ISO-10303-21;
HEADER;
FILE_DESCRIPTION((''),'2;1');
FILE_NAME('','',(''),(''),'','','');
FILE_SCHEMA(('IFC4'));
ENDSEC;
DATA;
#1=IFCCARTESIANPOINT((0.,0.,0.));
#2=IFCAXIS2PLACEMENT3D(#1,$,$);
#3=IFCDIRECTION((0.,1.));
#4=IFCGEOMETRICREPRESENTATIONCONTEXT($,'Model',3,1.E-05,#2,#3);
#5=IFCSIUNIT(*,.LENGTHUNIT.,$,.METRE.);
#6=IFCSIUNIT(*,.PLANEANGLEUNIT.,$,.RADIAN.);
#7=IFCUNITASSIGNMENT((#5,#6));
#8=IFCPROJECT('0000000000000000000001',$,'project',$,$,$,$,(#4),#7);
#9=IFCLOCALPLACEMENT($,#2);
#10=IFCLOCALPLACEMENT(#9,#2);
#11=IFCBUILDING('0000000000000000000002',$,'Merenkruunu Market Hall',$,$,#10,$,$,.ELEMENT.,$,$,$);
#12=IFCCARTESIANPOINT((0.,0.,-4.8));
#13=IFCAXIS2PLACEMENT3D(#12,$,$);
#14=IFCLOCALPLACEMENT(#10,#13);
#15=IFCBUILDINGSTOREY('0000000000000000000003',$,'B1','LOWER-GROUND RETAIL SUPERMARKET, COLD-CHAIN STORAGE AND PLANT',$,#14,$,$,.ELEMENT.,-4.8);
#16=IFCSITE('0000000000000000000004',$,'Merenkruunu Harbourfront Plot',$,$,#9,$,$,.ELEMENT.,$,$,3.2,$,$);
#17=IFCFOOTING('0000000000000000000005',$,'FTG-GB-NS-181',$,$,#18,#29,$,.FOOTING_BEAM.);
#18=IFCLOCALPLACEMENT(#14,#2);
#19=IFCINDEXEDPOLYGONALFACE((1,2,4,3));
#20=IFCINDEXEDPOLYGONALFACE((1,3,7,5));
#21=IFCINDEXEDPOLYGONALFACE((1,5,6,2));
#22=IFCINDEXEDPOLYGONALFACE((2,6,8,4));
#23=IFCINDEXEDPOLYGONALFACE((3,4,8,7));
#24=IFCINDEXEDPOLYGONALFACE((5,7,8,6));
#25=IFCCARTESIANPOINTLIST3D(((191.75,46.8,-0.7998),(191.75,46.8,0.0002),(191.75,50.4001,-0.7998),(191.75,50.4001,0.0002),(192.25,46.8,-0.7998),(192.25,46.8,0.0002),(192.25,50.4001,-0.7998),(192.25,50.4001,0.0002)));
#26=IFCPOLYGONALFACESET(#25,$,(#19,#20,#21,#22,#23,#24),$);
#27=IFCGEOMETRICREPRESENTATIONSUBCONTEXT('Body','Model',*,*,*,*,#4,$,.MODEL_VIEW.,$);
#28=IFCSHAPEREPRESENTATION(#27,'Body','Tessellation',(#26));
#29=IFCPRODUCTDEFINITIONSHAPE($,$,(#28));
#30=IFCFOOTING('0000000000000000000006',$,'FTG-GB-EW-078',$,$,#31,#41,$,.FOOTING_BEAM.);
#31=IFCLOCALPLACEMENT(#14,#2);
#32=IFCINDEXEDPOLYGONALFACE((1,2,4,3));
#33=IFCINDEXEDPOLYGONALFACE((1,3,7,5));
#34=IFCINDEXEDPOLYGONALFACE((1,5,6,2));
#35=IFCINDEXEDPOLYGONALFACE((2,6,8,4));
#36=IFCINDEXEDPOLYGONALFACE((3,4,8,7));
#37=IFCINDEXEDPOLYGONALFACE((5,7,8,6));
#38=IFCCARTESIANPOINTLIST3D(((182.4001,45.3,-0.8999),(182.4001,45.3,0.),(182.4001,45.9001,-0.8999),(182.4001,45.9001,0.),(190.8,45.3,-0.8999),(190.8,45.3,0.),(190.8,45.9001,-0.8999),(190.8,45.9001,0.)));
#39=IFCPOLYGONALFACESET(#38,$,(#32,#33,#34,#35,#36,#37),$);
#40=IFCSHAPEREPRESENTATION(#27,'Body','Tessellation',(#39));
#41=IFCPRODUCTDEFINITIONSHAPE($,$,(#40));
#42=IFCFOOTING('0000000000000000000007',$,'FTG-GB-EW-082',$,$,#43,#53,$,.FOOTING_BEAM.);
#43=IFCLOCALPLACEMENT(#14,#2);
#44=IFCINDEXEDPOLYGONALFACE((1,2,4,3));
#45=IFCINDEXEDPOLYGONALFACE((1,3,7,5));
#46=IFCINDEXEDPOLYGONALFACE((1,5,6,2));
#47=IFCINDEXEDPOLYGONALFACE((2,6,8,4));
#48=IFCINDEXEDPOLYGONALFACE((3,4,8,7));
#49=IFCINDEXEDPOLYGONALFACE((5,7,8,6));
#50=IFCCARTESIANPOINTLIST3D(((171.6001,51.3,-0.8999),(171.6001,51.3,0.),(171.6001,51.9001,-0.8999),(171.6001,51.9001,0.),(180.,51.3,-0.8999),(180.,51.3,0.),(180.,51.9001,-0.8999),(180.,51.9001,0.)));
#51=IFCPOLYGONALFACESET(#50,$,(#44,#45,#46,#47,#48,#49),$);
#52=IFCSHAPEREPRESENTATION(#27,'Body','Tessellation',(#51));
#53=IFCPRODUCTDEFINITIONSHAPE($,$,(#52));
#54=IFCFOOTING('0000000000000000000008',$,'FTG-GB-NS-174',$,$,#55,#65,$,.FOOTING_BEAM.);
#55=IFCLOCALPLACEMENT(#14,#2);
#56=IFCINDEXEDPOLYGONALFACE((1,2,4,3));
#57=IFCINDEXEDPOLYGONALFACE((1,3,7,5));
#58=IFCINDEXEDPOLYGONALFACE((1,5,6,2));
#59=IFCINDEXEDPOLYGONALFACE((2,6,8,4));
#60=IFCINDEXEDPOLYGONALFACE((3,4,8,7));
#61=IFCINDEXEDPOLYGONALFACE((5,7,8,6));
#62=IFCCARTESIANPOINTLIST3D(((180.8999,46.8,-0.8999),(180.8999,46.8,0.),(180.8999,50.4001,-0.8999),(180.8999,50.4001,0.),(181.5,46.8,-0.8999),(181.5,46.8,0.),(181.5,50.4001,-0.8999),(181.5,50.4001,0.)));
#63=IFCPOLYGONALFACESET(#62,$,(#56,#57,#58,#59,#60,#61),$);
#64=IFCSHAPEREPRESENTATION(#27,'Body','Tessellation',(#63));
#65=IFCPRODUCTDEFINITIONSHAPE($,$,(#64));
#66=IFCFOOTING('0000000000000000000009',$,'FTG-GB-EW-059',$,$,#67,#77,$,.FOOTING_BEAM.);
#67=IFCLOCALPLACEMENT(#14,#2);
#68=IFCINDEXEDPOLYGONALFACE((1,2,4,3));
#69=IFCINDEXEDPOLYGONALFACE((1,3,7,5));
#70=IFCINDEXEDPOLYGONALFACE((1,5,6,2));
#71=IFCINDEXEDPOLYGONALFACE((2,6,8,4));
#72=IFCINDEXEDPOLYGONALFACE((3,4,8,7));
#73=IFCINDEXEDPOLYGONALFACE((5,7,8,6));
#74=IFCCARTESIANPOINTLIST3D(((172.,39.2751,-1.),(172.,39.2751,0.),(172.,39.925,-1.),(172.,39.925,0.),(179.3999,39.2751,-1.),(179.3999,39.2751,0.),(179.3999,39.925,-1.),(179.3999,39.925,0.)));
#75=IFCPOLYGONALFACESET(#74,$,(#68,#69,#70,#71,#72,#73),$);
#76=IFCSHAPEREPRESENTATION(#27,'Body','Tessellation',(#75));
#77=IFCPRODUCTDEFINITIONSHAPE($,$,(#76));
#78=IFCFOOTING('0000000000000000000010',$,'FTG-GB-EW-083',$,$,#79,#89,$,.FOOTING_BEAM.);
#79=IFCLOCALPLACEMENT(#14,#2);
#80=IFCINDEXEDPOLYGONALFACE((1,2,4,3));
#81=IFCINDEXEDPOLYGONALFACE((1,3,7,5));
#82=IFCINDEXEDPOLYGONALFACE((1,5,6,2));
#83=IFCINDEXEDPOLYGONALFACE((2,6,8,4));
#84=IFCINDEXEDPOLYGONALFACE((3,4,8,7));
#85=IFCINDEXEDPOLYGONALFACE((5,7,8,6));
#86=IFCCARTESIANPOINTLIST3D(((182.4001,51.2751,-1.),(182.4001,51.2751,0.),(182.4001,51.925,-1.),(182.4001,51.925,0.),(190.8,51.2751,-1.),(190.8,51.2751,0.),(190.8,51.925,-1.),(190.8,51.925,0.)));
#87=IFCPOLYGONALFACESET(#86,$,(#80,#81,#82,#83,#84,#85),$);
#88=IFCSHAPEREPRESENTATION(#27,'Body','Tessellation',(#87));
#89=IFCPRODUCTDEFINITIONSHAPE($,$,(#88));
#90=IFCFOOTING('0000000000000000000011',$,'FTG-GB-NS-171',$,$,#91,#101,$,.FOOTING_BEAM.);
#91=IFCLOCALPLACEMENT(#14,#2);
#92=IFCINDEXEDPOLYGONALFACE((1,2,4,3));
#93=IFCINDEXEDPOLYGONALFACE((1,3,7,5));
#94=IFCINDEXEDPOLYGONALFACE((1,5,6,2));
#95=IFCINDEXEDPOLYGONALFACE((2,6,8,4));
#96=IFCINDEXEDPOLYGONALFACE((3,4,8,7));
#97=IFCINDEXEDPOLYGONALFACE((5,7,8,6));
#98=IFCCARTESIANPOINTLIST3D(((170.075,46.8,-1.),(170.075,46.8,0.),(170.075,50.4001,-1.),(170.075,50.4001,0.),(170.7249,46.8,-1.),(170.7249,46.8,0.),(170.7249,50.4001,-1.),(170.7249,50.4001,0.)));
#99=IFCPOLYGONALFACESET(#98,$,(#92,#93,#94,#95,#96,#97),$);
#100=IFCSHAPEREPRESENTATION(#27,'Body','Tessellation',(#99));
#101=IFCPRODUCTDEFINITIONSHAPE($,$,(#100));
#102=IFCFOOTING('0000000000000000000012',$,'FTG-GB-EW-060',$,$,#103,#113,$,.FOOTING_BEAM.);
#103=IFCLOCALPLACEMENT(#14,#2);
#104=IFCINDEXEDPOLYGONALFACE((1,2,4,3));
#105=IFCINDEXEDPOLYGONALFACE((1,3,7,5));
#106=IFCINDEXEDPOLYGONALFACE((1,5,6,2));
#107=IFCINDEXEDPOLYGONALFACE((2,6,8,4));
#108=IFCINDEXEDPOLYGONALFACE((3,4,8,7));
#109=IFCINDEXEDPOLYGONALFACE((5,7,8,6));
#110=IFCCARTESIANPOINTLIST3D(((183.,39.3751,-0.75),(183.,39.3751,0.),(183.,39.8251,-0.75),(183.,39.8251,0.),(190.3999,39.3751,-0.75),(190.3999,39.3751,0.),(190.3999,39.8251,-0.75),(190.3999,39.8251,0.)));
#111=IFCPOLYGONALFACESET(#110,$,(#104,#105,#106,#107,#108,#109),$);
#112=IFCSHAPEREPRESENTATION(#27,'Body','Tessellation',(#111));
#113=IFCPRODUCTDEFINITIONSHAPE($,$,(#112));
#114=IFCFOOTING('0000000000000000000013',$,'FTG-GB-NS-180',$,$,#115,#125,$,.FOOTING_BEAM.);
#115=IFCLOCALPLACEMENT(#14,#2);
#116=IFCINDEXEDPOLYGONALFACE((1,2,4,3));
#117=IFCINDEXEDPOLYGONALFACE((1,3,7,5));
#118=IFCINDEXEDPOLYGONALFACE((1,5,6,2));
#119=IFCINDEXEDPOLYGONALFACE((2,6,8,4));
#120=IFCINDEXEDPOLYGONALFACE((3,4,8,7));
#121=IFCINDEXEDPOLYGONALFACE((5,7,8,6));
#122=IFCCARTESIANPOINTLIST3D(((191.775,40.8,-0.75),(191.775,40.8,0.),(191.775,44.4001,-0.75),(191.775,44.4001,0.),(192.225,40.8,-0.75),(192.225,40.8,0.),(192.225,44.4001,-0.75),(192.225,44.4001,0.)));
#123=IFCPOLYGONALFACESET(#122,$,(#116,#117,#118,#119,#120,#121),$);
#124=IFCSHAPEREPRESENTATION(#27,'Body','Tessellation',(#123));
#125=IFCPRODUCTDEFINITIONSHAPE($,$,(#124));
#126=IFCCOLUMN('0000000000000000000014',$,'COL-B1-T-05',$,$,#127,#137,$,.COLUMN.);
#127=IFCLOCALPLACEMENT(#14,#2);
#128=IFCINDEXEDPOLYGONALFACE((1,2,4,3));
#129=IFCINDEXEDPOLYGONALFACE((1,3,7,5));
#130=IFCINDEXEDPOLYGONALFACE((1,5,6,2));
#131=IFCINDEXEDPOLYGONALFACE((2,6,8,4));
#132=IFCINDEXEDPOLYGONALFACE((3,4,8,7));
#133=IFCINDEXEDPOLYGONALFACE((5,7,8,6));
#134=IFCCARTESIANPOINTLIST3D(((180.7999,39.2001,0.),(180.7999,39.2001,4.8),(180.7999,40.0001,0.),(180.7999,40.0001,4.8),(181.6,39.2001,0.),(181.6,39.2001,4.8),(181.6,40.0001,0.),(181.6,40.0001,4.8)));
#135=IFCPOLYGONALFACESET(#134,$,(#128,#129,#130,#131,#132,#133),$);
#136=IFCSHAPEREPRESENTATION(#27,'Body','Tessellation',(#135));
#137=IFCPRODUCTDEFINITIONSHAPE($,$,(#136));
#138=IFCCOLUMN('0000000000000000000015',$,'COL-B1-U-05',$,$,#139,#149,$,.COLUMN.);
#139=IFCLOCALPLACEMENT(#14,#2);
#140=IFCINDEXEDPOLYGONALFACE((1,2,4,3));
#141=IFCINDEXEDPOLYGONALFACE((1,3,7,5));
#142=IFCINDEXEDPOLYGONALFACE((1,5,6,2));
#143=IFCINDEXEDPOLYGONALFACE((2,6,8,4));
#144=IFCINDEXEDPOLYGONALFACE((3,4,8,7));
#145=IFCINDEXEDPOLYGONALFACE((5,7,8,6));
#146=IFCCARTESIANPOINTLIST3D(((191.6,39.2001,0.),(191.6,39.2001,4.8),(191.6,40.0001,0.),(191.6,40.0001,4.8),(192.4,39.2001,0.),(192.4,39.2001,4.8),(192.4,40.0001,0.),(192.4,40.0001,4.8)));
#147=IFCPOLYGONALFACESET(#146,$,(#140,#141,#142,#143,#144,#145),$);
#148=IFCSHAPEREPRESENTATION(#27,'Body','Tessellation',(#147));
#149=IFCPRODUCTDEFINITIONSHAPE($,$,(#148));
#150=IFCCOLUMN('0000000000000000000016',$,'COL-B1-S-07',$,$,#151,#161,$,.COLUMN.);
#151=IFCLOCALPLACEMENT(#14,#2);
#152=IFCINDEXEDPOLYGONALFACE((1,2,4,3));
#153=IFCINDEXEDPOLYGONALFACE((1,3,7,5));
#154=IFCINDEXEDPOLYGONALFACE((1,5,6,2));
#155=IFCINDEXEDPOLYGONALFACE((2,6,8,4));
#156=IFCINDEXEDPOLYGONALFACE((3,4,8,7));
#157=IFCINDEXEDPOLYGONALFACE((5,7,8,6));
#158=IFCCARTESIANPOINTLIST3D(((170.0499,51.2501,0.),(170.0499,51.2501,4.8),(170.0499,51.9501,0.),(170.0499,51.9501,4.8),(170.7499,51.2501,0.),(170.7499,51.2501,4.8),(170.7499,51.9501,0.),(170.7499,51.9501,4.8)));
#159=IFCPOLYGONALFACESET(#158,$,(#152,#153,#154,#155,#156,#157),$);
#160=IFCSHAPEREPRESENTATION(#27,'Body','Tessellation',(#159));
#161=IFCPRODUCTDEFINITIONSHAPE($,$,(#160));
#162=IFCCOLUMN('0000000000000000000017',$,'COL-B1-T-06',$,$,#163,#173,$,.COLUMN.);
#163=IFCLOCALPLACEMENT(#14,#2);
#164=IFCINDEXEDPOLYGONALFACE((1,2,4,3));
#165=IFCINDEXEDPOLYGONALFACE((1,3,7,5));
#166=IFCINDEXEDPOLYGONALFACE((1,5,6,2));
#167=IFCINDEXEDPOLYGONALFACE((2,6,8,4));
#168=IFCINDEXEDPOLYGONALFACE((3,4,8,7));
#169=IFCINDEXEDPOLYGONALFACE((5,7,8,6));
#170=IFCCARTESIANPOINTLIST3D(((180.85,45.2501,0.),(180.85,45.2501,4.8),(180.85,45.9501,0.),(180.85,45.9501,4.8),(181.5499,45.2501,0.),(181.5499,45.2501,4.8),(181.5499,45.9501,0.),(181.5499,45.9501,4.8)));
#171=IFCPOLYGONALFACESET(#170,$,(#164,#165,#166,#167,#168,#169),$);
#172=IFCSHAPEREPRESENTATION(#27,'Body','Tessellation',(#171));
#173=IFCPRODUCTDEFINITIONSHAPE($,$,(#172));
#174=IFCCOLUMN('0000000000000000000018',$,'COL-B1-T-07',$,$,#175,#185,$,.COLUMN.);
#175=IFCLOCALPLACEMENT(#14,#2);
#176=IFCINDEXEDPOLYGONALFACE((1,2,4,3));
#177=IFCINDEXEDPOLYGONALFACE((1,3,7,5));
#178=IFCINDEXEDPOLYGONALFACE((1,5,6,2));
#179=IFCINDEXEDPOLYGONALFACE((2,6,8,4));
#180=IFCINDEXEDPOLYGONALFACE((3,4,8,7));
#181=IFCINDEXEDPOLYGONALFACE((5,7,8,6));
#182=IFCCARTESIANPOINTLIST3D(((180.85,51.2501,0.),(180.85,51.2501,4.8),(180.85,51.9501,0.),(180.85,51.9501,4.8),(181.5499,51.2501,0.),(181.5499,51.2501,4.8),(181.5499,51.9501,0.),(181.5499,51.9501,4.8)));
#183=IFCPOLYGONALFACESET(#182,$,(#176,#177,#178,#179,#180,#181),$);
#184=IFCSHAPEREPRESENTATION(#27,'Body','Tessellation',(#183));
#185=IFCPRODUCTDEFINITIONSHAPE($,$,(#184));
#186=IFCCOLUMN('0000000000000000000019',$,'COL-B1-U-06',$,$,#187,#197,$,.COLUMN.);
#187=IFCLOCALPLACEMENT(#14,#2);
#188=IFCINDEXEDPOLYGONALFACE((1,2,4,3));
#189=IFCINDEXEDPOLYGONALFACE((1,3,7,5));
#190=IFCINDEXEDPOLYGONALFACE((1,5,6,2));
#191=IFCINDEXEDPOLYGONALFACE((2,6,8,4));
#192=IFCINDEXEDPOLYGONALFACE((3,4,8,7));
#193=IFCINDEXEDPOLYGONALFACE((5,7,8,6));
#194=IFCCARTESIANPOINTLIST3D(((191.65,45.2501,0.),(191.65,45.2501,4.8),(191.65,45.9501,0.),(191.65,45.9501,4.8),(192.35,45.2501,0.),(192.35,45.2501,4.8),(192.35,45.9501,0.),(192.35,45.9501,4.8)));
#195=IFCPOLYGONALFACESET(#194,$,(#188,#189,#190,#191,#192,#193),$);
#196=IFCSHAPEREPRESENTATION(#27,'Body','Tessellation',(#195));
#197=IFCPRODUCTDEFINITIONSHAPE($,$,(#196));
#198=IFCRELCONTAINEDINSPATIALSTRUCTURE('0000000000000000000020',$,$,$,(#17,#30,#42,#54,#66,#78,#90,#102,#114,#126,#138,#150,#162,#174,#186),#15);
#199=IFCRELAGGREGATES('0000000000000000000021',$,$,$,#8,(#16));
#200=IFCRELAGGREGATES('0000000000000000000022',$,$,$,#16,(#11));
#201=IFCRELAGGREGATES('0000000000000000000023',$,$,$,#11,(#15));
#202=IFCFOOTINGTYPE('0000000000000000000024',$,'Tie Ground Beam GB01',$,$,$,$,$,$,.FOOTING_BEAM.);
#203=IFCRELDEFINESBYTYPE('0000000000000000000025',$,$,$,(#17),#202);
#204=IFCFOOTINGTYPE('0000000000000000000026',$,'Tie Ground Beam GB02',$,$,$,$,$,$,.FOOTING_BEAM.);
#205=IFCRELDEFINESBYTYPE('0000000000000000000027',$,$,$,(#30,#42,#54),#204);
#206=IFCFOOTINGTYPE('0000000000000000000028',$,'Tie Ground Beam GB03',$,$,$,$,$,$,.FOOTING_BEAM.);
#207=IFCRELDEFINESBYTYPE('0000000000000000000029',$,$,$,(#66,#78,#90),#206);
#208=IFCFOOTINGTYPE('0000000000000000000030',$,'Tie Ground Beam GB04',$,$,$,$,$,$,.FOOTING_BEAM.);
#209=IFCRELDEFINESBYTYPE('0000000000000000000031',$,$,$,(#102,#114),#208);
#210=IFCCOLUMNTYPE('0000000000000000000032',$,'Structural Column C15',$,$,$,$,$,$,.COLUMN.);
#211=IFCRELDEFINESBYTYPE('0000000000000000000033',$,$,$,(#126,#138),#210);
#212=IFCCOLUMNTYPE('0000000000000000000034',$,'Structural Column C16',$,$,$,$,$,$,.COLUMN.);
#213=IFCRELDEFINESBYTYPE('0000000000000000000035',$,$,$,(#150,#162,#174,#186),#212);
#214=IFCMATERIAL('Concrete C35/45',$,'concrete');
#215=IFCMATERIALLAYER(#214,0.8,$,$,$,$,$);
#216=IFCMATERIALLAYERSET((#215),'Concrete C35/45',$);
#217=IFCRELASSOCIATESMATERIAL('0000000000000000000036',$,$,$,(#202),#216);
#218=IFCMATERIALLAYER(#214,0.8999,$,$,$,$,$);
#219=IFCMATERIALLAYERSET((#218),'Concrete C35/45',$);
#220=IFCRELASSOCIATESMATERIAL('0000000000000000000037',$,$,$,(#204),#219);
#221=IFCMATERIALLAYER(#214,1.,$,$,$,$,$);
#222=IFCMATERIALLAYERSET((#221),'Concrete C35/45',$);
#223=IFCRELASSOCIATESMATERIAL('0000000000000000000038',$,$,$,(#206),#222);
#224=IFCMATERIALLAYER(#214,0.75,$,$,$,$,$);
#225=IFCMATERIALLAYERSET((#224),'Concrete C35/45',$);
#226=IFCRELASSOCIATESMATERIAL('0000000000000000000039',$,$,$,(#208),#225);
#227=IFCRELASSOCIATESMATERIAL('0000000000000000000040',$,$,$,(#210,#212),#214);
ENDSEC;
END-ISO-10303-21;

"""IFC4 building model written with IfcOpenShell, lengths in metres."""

from ifc_helpers import new_model, si_unit, direction, frame, origin, origin_2d, place, context, subcontext, project, spatial, rectangle, extrude, material, layer, layer_set, material_profile, profile_set, type_object, element, save


model = new_model("IFC4")

# Units and contexts
model_context = context("Model", 3, precision=1e-05, world=origin(), true_north=direction((0.0, 1.0)))
body_context = subcontext(model_context, "Body", "Model", "MODEL_VIEW")
ifc_project = project(units=[si_unit("LENGTHUNIT", "METRE"), si_unit("PLANEANGLEUNIT", "RADIAN")], contexts=[model_context])

# Site, building, storey
site_placement = place(None, origin())
site = spatial("IfcSite", under=ifc_project, at=site_placement, Name="Merenkruunu Harbourfront Plot", CompositionType="ELEMENT", RefElevation=3.2)
building_placement = place(site_placement, origin())
building = spatial("IfcBuilding", under=site, at=building_placement, Name="Merenkruunu Market Hall", CompositionType="ELEMENT")
storey_placement = place(building_placement, frame((0.0, 0.0, -4.8)))
storey = spatial("IfcBuildingStorey", under=building, at=storey_placement, Name="B1", Description="LOWER-GROUND RETAIL SUPERMARKET, COLD-CHAIN STORAGE AND PLANT", CompositionType="ELEMENT", Elevation=-4.8)

# Shared definitions
ifc_material = material(Name="Concrete C35/45", Category="concrete")

# Footings
ifc_layer_1 = layer(ifc_material, 0.8)
ifc_layer_set_1 = layer_set([ifc_layer_1], Name="Concrete C35/45")
footing_type_1 = type_object("IfcFootingType", Name="Tie Ground Beam GB01", PredefinedType="FOOTING_BEAM", material=ifc_layer_set_1)
footing_1_placement = place(storey_placement, frame((192.0, 48.6001, -0.7998), z_axis=(0.0, 0.0, 1.0), x_axis=(0.0, 1.0, 0.0)))
element("IfcFooting", 1, at=footing_1_placement, inside=storey, type_object=footing_type_1, Name="FTG-GB-NS-181", PredefinedType="FOOTING_BEAM", context=body_context, shape_type="SweptSolid", body=[
    extrude(rectangle(XDim=3.6001, YDim=0.5, at=origin_2d()), origin(), (0.0, 0.0, 1.0), 0.8),
])
ifc_layer_2 = layer(ifc_material, 0.8999)
ifc_layer_set_2 = layer_set([ifc_layer_2], Name="Concrete C35/45")
footing_type_2 = type_object("IfcFootingType", Name="Tie Ground Beam GB02", PredefinedType="FOOTING_BEAM", material=ifc_layer_set_2)
for number, where, z_axis, x_axis, name in (
    (2, (186.6001, 45.6001, -0.8999), (0.0, 0.0, 1.0), (1.0, 0.0, 0.0), "FTG-GB-EW-078"),
    (3, (175.8, 51.6001, -0.8999), (0.0, 0.0, 1.0), (1.0, 0.0, 0.0), "FTG-GB-EW-082"),
):
    element("IfcFooting", number, at=place(storey_placement, frame(where, z_axis=z_axis, x_axis=x_axis)), inside=storey, type_object=footing_type_2, Name=name, PredefinedType="FOOTING_BEAM", context=body_context, shape_type="SweptSolid", body=[
        extrude(rectangle(XDim=8.3999, YDim=0.6001, at=origin_2d()), origin(), (0.0, 0.0, 1.0), 0.8999),
    ])
footing_2_placement = place(storey_placement, frame((181.2, 48.6001, -0.8999), z_axis=(0.0, 0.0, 1.0), x_axis=(0.0, 1.0, 0.0)))
element("IfcFooting", 4, at=footing_2_placement, inside=storey, type_object=footing_type_2, Name="FTG-GB-NS-174", PredefinedType="FOOTING_BEAM", context=body_context, shape_type="SweptSolid", body=[
    extrude(rectangle(XDim=3.6001, YDim=0.6001, at=origin_2d()), origin(), (0.0, 0.0, 1.0), 0.8999),
])
ifc_layer_3 = layer(ifc_material, 1.0)
ifc_layer_set_3 = layer_set([ifc_layer_3], Name="Concrete C35/45")
footing_type_3 = type_object("IfcFootingType", Name="Tie Ground Beam GB03", PredefinedType="FOOTING_BEAM", material=ifc_layer_set_3)
footing_3_placement = place(storey_placement, frame((175.7, 39.6001, -1.0), z_axis=(0.0, 0.0, 1.0), x_axis=(1.0, 0.0, 0.0)))
element("IfcFooting", 5, at=footing_3_placement, inside=storey, type_object=footing_type_3, Name="FTG-GB-EW-059", PredefinedType="FOOTING_BEAM", context=body_context, shape_type="SweptSolid", body=[
    extrude(rectangle(XDim=7.3999, YDim=0.6499, at=origin_2d()), origin(), (0.0, 0.0, 1.0), 1.0),
])
footing_4_placement = place(storey_placement, frame((186.6001, 51.6001, -1.0), z_axis=(0.0, 0.0, 1.0), x_axis=(1.0, 0.0, 0.0)))
element("IfcFooting", 6, at=footing_4_placement, inside=storey, type_object=footing_type_3, Name="FTG-GB-EW-083", PredefinedType="FOOTING_BEAM", context=body_context, shape_type="SweptSolid", body=[
    extrude(rectangle(XDim=8.3999, YDim=0.6499, at=origin_2d()), origin(), (0.0, 0.0, 1.0), 1.0),
])
footing_5_placement = place(storey_placement, frame((170.3999, 48.6001, -1.0), z_axis=(0.0, 0.0, 1.0), x_axis=(0.0, 1.0, 0.0)))
element("IfcFooting", 7, at=footing_5_placement, inside=storey, type_object=footing_type_3, Name="FTG-GB-NS-171", PredefinedType="FOOTING_BEAM", context=body_context, shape_type="SweptSolid", body=[
    extrude(rectangle(XDim=3.6001, YDim=0.6499, at=origin_2d()), origin(), (0.0, 0.0, 1.0), 1.0),
])
ifc_layer_4 = layer(ifc_material, 0.75)
ifc_layer_set_4 = layer_set([ifc_layer_4], Name="Concrete C35/45")
footing_type_4 = type_object("IfcFootingType", Name="Tie Ground Beam GB04", PredefinedType="FOOTING_BEAM", material=ifc_layer_set_4)
footing_6_placement = place(storey_placement, frame((186.7, 39.6001, -0.75), z_axis=(0.0, 0.0, 1.0), x_axis=(1.0, 0.0, 0.0)))
element("IfcFooting", 8, at=footing_6_placement, inside=storey, type_object=footing_type_4, Name="FTG-GB-EW-060", PredefinedType="FOOTING_BEAM", context=body_context, shape_type="SweptSolid", body=[
    extrude(rectangle(XDim=7.3999, YDim=0.45, at=origin_2d()), origin(), (0.0, 0.0, 1.0), 0.75),
])
footing_7_placement = place(storey_placement, frame((192.0, 42.6001, -0.75), z_axis=(0.0, 0.0, 1.0), x_axis=(0.0, 1.0, 0.0)))
element("IfcFooting", 9, at=footing_7_placement, inside=storey, type_object=footing_type_4, Name="FTG-GB-NS-180", PredefinedType="FOOTING_BEAM", context=body_context, shape_type="SweptSolid", body=[
    extrude(rectangle(XDim=3.6001, YDim=0.45, at=origin_2d()), origin(), (0.0, 0.0, 1.0), 0.75),
])

# Columns
ifc_material_profile_1 = material_profile(ifc_material, rectangle(XDim=0.8, YDim=0.8, at=origin_2d()), Name="RC 800x800")
ifc_profile_set_1 = profile_set([ifc_material_profile_1], Name="Concrete C35/45")
column_type_1 = type_object("IfcColumnType", Name="Structural Column C15", PredefinedType="COLUMN", material=ifc_profile_set_1)
for number, where, z_axis, x_axis, name in (
    (10, (181.2, 39.6001, 0.0), (0.0, 0.0, 1.0), (1.0, 0.0, 0.0), "COL-B1-T-05"),
    (11, (192.0, 39.6001, 0.0), (0.0, 0.0, 1.0), (1.0, 0.0, 0.0), "COL-B1-U-05"),
):
    element("IfcColumn", number, at=place(storey_placement, frame(where, z_axis=z_axis, x_axis=x_axis)), inside=storey, type_object=column_type_1, Name=name, PredefinedType="COLUMN", context=body_context, shape_type="SweptSolid", body=[
        extrude(rectangle(XDim=0.8, YDim=0.8, at=origin_2d()), origin(), (0.0, 0.0, 1.0), 4.8),
    ])
ifc_material_profile_2 = material_profile(ifc_material, rectangle(XDim=0.7, YDim=0.7, at=origin_2d()), Name="RC 700x700")
ifc_profile_set_2 = profile_set([ifc_material_profile_2], Name="Concrete C35/45")
column_type_2 = type_object("IfcColumnType", Name="Structural Column C16", PredefinedType="COLUMN", material=ifc_profile_set_2)
for number, where, z_axis, x_axis, name in (
    (12, (170.3999, 51.6001, 0.0), (0.0, 0.0, 1.0), (1.0, 0.0, 0.0), "COL-B1-S-07"),
    (13, (181.2, 45.6001, 0.0), (0.0, 0.0, 1.0), (1.0, 0.0, 0.0), "COL-B1-T-06"),
    (14, (181.2, 51.6001, 0.0), (0.0, 0.0, 1.0), (1.0, 0.0, 0.0), "COL-B1-T-07"),
    (15, (192.0, 45.6001, 0.0), (0.0, 0.0, 1.0), (1.0, 0.0, 0.0), "COL-B1-U-06"),
):
    element("IfcColumn", number, at=place(storey_placement, frame(where, z_axis=z_axis, x_axis=x_axis)), inside=storey, type_object=column_type_2, Name=name, PredefinedType="COLUMN", context=body_context, shape_type="SweptSolid", body=[
        extrude(rectangle(XDim=0.7, YDim=0.7, at=origin_2d()), origin(), (0.0, 0.0, 1.0), 4.8),
    ])

save(model, "model.ifc")
